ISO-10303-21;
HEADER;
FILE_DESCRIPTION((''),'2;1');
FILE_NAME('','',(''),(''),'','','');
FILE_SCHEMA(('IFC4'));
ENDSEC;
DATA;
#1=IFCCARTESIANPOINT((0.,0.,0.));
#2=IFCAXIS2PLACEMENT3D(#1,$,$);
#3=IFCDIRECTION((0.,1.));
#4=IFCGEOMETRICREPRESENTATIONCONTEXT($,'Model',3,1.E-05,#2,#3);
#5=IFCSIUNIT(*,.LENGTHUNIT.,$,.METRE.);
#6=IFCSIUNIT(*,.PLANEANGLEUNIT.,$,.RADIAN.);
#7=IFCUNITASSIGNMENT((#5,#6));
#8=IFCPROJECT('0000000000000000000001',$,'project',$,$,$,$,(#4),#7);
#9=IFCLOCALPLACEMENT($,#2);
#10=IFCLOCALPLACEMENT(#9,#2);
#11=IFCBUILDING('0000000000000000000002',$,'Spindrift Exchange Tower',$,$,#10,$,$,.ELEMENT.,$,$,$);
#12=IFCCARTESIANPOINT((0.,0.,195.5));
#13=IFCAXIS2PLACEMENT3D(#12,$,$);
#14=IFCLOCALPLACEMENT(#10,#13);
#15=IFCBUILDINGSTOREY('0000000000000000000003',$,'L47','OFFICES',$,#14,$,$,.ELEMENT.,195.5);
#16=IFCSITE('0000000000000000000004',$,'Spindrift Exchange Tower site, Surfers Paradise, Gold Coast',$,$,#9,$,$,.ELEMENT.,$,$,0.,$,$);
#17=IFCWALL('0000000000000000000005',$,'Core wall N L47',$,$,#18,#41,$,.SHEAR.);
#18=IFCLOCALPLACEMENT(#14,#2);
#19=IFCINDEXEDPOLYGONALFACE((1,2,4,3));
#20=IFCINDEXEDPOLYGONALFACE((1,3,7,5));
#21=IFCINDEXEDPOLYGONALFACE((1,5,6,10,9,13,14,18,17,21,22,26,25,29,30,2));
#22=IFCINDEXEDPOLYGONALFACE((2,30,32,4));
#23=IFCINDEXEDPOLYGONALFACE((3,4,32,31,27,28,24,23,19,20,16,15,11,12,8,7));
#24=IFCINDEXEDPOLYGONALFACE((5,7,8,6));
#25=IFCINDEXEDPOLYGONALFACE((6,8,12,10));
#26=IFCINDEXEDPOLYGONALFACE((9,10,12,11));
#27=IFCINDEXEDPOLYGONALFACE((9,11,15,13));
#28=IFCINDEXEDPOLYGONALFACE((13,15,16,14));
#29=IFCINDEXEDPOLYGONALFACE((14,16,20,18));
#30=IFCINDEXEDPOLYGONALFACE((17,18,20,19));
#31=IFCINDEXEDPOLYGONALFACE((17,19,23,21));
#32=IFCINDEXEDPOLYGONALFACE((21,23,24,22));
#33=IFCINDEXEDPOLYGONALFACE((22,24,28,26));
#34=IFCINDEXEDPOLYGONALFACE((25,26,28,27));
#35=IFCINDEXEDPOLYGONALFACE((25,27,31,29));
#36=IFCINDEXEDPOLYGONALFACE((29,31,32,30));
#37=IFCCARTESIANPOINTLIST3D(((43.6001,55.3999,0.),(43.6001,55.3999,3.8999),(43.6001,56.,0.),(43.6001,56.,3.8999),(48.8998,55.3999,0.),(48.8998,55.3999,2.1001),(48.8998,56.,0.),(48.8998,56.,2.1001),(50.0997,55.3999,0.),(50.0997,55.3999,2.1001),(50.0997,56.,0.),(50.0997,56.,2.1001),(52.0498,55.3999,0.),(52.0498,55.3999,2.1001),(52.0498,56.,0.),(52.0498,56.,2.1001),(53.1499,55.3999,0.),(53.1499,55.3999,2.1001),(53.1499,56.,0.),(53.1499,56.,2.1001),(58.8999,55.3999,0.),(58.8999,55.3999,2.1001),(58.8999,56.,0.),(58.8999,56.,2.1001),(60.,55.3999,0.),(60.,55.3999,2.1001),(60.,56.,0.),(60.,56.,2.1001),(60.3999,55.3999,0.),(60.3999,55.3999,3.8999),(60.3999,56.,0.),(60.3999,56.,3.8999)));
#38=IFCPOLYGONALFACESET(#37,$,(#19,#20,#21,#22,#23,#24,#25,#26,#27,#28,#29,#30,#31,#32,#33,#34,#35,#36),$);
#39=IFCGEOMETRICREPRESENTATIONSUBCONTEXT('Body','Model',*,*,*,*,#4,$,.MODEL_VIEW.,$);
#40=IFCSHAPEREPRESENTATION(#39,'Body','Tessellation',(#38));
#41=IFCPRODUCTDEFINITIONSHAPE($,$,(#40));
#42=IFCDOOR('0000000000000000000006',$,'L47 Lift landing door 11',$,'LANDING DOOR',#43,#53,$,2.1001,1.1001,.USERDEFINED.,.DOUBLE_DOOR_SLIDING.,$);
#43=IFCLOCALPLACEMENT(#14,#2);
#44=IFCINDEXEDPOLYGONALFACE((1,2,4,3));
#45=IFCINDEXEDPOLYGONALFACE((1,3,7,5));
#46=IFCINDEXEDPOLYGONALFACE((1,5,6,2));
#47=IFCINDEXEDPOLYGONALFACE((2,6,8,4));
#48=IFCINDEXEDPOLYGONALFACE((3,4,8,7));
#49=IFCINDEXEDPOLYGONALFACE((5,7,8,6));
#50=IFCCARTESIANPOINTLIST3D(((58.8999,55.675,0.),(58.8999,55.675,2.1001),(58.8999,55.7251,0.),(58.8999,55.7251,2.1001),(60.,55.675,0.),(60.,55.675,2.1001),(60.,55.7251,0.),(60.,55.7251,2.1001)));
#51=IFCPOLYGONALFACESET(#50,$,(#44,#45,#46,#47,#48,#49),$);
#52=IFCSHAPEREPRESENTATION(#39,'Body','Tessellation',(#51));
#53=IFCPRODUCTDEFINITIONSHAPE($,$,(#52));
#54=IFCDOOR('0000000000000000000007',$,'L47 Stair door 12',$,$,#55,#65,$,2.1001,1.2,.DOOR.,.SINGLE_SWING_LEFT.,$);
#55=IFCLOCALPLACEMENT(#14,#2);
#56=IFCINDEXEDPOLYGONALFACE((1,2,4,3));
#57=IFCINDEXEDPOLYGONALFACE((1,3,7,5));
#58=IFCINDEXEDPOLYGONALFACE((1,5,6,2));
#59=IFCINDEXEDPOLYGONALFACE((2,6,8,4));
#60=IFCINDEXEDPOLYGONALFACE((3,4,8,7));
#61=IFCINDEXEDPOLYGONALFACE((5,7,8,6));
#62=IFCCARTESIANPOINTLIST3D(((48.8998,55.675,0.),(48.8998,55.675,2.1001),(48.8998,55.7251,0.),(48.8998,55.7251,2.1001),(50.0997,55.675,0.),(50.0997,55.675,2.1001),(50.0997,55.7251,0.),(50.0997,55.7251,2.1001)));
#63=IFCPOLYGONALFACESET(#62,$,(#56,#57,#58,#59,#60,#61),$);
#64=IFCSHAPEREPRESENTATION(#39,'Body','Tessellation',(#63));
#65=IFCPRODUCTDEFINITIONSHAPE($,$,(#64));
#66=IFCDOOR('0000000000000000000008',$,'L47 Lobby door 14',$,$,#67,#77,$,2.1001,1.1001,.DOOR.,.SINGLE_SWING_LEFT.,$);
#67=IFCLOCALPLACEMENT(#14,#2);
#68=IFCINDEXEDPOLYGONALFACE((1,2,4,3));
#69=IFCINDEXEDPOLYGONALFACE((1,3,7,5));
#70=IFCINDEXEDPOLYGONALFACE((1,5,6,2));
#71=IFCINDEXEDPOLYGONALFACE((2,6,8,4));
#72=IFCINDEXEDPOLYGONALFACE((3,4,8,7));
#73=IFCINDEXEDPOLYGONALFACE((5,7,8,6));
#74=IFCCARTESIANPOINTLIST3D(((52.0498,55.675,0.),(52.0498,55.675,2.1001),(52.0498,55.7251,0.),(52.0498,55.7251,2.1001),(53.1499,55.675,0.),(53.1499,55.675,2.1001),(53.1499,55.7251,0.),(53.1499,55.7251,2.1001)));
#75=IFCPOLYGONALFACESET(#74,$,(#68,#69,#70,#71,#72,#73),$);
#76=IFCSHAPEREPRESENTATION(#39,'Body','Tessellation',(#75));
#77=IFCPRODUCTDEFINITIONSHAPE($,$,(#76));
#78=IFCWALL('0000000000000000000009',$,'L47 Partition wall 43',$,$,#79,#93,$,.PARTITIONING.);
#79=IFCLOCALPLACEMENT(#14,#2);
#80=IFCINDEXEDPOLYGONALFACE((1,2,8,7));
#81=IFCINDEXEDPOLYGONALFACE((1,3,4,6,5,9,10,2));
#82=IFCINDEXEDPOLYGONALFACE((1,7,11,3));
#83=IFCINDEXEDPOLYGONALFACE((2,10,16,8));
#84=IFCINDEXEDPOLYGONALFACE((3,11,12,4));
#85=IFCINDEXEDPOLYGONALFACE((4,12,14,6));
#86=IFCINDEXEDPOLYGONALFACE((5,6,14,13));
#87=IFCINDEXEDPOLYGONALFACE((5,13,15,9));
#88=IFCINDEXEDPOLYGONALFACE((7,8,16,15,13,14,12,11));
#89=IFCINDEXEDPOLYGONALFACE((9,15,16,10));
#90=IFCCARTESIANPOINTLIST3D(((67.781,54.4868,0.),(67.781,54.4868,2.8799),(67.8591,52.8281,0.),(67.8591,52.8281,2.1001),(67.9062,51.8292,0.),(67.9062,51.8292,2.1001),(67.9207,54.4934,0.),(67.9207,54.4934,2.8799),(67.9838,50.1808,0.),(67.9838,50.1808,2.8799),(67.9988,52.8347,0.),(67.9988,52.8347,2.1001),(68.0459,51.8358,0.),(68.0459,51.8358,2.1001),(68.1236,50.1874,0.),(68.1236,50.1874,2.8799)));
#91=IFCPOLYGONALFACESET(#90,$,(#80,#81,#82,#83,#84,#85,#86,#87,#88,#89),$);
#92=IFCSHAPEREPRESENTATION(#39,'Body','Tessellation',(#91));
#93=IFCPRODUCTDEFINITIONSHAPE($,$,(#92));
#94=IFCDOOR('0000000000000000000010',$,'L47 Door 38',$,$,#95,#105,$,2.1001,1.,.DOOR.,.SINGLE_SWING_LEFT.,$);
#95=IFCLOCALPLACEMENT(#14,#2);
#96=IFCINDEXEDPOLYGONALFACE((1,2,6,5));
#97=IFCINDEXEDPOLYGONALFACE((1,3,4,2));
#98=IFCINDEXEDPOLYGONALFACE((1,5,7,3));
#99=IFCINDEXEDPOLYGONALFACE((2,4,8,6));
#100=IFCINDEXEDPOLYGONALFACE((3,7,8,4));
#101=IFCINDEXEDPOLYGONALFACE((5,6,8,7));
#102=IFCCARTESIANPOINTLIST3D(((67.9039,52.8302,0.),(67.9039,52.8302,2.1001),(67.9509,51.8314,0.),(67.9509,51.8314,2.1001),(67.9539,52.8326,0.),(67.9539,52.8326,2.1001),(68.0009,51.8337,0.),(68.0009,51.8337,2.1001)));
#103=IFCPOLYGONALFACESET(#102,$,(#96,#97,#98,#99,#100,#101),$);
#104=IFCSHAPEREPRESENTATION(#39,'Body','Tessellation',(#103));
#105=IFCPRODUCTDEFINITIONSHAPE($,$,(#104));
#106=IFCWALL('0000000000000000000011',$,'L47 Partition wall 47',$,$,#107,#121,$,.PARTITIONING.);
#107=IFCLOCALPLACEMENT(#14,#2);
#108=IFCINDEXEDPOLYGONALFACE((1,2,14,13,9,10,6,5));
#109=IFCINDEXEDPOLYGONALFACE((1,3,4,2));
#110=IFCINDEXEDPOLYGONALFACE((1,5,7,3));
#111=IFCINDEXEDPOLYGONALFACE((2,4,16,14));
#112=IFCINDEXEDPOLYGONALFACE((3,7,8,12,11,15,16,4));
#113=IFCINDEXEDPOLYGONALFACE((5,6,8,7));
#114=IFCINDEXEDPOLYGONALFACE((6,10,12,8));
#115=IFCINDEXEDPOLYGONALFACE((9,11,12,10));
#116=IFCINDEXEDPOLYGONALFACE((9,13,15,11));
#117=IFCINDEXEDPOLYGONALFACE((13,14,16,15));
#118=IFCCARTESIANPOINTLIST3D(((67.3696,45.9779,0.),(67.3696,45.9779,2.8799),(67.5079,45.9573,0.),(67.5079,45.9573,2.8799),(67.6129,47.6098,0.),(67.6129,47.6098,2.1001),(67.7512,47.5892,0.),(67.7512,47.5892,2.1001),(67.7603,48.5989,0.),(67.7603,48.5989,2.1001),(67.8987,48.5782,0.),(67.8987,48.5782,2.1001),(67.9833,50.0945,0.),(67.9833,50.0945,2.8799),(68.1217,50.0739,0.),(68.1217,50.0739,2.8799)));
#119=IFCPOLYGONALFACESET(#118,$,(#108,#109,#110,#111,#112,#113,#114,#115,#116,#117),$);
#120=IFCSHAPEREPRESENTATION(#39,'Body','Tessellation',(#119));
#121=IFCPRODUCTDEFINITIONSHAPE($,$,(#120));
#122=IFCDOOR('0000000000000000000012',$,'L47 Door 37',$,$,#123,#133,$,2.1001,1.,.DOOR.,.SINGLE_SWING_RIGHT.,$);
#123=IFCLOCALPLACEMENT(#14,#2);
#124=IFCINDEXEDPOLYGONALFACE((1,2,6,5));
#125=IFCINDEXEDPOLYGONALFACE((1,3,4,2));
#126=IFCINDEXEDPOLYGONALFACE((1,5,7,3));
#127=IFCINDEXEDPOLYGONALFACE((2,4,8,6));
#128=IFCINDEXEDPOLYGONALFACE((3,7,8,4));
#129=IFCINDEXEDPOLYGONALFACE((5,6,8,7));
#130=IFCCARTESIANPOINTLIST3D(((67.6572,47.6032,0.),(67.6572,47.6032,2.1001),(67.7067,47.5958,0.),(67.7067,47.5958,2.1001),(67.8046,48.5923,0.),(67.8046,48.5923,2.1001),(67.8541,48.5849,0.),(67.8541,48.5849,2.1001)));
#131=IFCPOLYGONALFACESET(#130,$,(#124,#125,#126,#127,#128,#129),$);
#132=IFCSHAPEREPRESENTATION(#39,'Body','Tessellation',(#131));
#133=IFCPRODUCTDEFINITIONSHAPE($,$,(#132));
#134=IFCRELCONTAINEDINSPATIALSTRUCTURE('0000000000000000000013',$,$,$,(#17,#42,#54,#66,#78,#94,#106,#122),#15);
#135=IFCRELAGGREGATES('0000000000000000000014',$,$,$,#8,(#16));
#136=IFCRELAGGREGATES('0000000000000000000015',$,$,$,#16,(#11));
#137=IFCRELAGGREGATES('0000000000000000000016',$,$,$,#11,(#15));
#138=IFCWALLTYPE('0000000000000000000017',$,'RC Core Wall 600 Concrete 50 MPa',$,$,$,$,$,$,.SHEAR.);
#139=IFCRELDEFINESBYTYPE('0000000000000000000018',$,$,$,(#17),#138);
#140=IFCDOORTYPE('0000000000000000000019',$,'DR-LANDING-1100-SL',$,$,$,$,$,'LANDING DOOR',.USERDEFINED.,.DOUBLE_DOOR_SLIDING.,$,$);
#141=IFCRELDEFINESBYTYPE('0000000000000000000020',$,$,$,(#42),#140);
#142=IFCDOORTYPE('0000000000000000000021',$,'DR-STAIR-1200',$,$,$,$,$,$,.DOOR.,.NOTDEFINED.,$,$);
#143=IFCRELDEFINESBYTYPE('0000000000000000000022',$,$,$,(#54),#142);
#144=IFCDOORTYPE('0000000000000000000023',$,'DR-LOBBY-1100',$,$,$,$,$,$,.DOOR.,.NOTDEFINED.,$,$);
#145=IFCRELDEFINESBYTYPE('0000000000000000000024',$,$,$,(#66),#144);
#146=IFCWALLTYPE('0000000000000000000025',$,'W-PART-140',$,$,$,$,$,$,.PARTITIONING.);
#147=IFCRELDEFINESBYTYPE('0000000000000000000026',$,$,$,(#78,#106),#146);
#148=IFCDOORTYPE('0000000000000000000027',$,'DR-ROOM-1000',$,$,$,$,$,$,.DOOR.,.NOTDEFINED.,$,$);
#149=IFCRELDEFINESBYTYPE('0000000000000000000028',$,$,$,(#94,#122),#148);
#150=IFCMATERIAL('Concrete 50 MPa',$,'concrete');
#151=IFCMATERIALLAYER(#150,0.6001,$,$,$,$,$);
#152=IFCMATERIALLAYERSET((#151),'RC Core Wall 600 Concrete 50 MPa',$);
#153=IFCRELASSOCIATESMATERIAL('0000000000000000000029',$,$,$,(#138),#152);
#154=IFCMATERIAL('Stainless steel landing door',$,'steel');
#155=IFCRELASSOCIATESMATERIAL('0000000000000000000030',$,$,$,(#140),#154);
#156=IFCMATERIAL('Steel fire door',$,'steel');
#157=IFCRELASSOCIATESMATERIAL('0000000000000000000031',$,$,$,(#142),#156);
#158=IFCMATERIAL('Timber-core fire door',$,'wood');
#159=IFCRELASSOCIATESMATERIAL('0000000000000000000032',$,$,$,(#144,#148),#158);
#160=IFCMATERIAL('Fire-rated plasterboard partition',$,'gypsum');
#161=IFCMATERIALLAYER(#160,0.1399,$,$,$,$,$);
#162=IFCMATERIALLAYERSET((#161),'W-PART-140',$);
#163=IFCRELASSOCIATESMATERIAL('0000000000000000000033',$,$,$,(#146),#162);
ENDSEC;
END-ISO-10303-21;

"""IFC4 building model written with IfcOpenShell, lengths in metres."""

from ifc_helpers import new_model, si_unit, direction, frame, frame_2d, origin, place, context, subcontext, project, spatial, rectangle, extrude, source, transform, mapped, material, layer, layer_set, type_object, element, fill, save


model = new_model("IFC4")

# Units and contexts
model_context = context("Model", 3, precision=1e-05, world=origin(), true_north=direction((0.0, 1.0)))
body_context = subcontext(model_context, "Body", "Model", "MODEL_VIEW")
ifc_project = project(units=[si_unit("LENGTHUNIT", "METRE"), si_unit("PLANEANGLEUNIT", "RADIAN")], contexts=[model_context])

# Site, building, storey
site_placement = place(None, origin())
site = spatial("IfcSite", under=ifc_project, at=site_placement, Name="Spindrift Exchange Tower site, Surfers Paradise, Gold Coast", CompositionType="ELEMENT", RefElevation=0.0)
building_placement = place(site_placement, origin())
building = spatial("IfcBuilding", under=site, at=building_placement, Name="Spindrift Exchange Tower", CompositionType="ELEMENT")
storey_placement = place(building_placement, frame((0.0, 0.0, 195.5)))
storey = spatial("IfcBuildingStorey", under=building, at=storey_placement, Name="L47", Description="OFFICES", CompositionType="ELEMENT", Elevation=195.5)

# Wall, openings, doors
ifc_material_1 = material(Name="Concrete 50 MPa", Category="concrete")
ifc_layer_1 = layer(ifc_material_1, 0.6001)
ifc_layer_set_1 = layer_set([ifc_layer_1], Name="RC Core Wall 600 Concrete 50 MPa")
wall_type_1 = type_object("IfcWallType", Name="RC Core Wall 600 Concrete 50 MPa", PredefinedType="SHEAR", material=ifc_layer_set_1)
wall_1_placement = place(storey_placement, frame((60.3999, 55.7, 0.0), z_axis=(0.0, 0.0, 1.0), x_axis=(-1.0, 0.0, 0.0)))
wall_1 = element("IfcWall", 1, at=wall_1_placement, inside=storey, type_object=wall_type_1, Name="Core wall N L47", PredefinedType="SHEAR", context=body_context, shape_type="SweptSolid", body=[
    extrude(rectangle(XDim=16.7998, YDim=0.6001, at=frame_2d((8.3999, 0.0))), origin(), (0.0, 0.0, 1.0), 3.8999),
])
opening_1_placement = place(wall_1_placement, frame((0.3999, 0.0, 0.0)))
opening_1 = element("IfcOpeningElement", 2, at=opening_1_placement, cuts=wall_1, PredefinedType="OPENING", context=body_context, shape_type="SweptSolid", body=[
    extrude(rectangle(XDim=1.1001, YDim=2.1001, at=frame_2d((0.55, 1.05))), frame((0.0, 0.3101, 0.0), z_axis=(0.0, -1.0, 0.0), x_axis=(1.0, 0.0, 0.0)), (0.0, 0.0, 1.0), 0.6201),
])
opening_2_placement = place(wall_1_placement, frame((10.3, 0.0, 0.0)))
opening_2 = element("IfcOpeningElement", 3, at=opening_2_placement, cuts=wall_1, PredefinedType="OPENING", context=body_context, shape_type="SweptSolid", body=[
    extrude(rectangle(XDim=1.2, YDim=2.1001, at=frame_2d((0.6001, 1.05))), frame((0.0, 0.3101, 0.0), z_axis=(0.0, -1.0, 0.0), x_axis=(1.0, 0.0, 0.0)), (0.0, 0.0, 1.0), 0.6201),
])
opening_3_placement = place(wall_1_placement, frame((7.25, 0.0, 0.0)))
opening_3 = element("IfcOpeningElement", 4, at=opening_3_placement, cuts=wall_1, PredefinedType="OPENING", context=body_context, shape_type="SweptSolid", body=[
    extrude(rectangle(XDim=1.1001, YDim=2.1001, at=frame_2d((0.55, 1.05))), frame((0.0, 0.3101, 0.0), z_axis=(0.0, -1.0, 0.0), x_axis=(1.0, 0.0, 0.0)), (0.0, 0.0, 1.0), 0.6201),
])
ifc_material_2 = material(Name="Stainless steel landing door", Category="steel")
door_type_1 = type_object("IfcDoorType", Name="DR-LANDING-1100-SL", ElementType="LANDING DOOR", OperationType="DOUBLE_DOOR_SLIDING", PredefinedType="USERDEFINED", material=ifc_material_2)
shared_shape_1 = source(origin(), body_context, "Body", "SweptSolid", [
    extrude(rectangle(XDim=1.1001, YDim=2.1001, at=frame_2d((0.55, 1.05))), frame((0.0, 0.0249, 0.0), z_axis=(0.0, -1.0, 0.0), x_axis=(1.0, 0.0, 0.0)), (0.0, 0.0, 1.0), 0.05),
])
door_1_placement = place(opening_1_placement, origin())
door_1 = element("IfcDoor", 5, at=door_1_placement, inside=storey, type_object=door_type_1, Name="L47 Lift landing door 11", ObjectType="LANDING DOOR", OperationType="DOUBLE_DOOR_SLIDING", OverallHeight=2.1001, OverallWidth=1.1001, PredefinedType="USERDEFINED", context=body_context, shape_type="MappedRepresentation", body=[
    mapped(shared_shape_1, transform((0.0, 0.0, 0.0), scale=1.0)),
])
fill(opening_1, door_1)
ifc_material_3 = material(Name="Steel fire door", Category="steel")
door_type_2 = type_object("IfcDoorType", Name="DR-STAIR-1200", OperationType="NOTDEFINED", PredefinedType="DOOR", material=ifc_material_3)
shared_shape_2 = source(origin(), body_context, "Body", "SweptSolid", [
    extrude(rectangle(XDim=1.2, YDim=2.1001, at=frame_2d((0.6001, 1.05))), frame((0.0, 0.0249, 0.0), z_axis=(0.0, -1.0, 0.0), x_axis=(1.0, 0.0, 0.0)), (0.0, 0.0, 1.0), 0.05),
])
door_2_placement = place(opening_2_placement, origin())
door_2 = element("IfcDoor", 6, at=door_2_placement, inside=storey, type_object=door_type_2, Name="L47 Stair door 12", OperationType="SINGLE_SWING_LEFT", OverallHeight=2.1001, OverallWidth=1.2, PredefinedType="DOOR", context=body_context, shape_type="MappedRepresentation", body=[
    mapped(shared_shape_2, transform((0.0, 0.0, 0.0), scale=1.0)),
])
fill(opening_2, door_2)
ifc_material_4 = material(Name="Timber-core fire door", Category="wood")
door_type_3 = type_object("IfcDoorType", Name="DR-LOBBY-1100", OperationType="NOTDEFINED", PredefinedType="DOOR", material=ifc_material_4)
shared_shape_3 = source(origin(), body_context, "Body", "SweptSolid", [
    extrude(rectangle(XDim=1.1001, YDim=2.1001, at=frame_2d((0.55, 1.05))), frame((0.0, 0.0249, 0.0), z_axis=(0.0, -1.0, 0.0), x_axis=(1.0, 0.0, 0.0)), (0.0, 0.0, 1.0), 0.05),
])
door_3_placement = place(opening_3_placement, origin())
door_3 = element("IfcDoor", 7, at=door_3_placement, inside=storey, type_object=door_type_3, Name="L47 Lobby door 14", OperationType="SINGLE_SWING_LEFT", OverallHeight=2.1001, OverallWidth=1.1001, PredefinedType="DOOR", context=body_context, shape_type="MappedRepresentation", body=[
    mapped(shared_shape_3, transform((0.0, 0.0, 0.0), scale=1.0)),
])
fill(opening_3, door_3)

# Walls, openings, doors
ifc_material_5 = material(Name="Fire-rated plasterboard partition", Category="gypsum")
ifc_layer_2 = layer(ifc_material_5, 0.1399)
ifc_layer_set_2 = layer_set([ifc_layer_2], Name="W-PART-140")
wall_type_2 = type_object("IfcWallType", Name="W-PART-140", PredefinedType="PARTITIONING", material=ifc_layer_set_2)
wall_2_placement = place(storey_placement, frame((67.8508, 54.49, 0.0), z_axis=(0.0, 0.0, 1.0), x_axis=(0.047065, -0.998892, 0.0)))
wall_2 = element("IfcWall", 8, at=wall_2_placement, inside=storey, type_object=wall_type_2, Name="L47 Partition wall 43", PredefinedType="PARTITIONING", context=body_context, shape_type="SweptSolid", body=[
    extrude(rectangle(XDim=4.3108, YDim=0.1399, at=frame_2d((2.1553, 0.0))), origin(), (0.0, 0.0, 1.0), 2.8799),
])
opening_4_placement = place(wall_2_placement, frame((1.6604, 0.0, 0.0)))
opening_4 = element("IfcOpeningElement", 9, at=opening_4_placement, cuts=wall_2, PredefinedType="OPENING", context=body_context, shape_type="SweptSolid", body=[
    extrude(rectangle(XDim=1.0, YDim=2.1001, at=frame_2d((0.5, 1.05))), frame((0.0, 0.0798, 0.0), z_axis=(0.0, -1.0, 0.0), x_axis=(1.0, 0.0, 0.0)), (0.0, 0.0, 1.0), 0.1599),
])
door_type_4 = type_object("IfcDoorType", Name="DR-ROOM-1000", OperationType="NOTDEFINED", PredefinedType="DOOR", material=ifc_material_4)
shared_shape_4 = source(origin(), body_context, "Body", "SweptSolid", [
    extrude(rectangle(XDim=1.0, YDim=2.1001, at=frame_2d((0.5, 1.05))), frame((0.0, 0.0249, 0.0), z_axis=(0.0, -1.0, 0.0), x_axis=(1.0, 0.0, 0.0)), (0.0, 0.0, 1.0), 0.05),
])
door_4_placement = place(opening_4_placement, origin())
door_4 = element("IfcDoor", 10, at=door_4_placement, inside=storey, type_object=door_type_4, Name="L47 Door 38", OperationType="SINGLE_SWING_LEFT", OverallHeight=2.1001, OverallWidth=1.0, PredefinedType="DOOR", context=body_context, shape_type="MappedRepresentation", body=[
    mapped(shared_shape_4, transform((0.0, 0.0, 0.0), scale=1.0)),
])
fill(opening_4, door_4)
wall_3_placement = place(storey_placement, frame((68.0525, 50.0842, 0.0), z_axis=(0.0, 0.0, 1.0), x_axis=(-0.147463, -0.989068, 0.0)))
wall_3 = element("IfcWall", 11, at=wall_3_placement, inside=storey, type_object=wall_type_2, Name="L47 Partition wall 47", PredefinedType="PARTITIONING", context=body_context, shape_type="SweptSolid", body=[
    extrude(rectangle(XDim=4.1621, YDim=0.1399, at=frame_2d((2.0811, 0.0))), origin(), (0.0, 0.0, 1.0), 2.8799),
])
opening_5_placement = place(wall_3_placement, frame((1.5122, 0.0, 0.0)))
opening_5 = element("IfcOpeningElement", 12, at=opening_5_placement, cuts=wall_3, PredefinedType="OPENING", context=body_context, shape_type="SweptSolid", body=[
    extrude(rectangle(XDim=1.0, YDim=2.1001, at=frame_2d((0.5, 1.05))), frame((0.0, 0.0798, 0.0), z_axis=(0.0, -1.0, 0.0), x_axis=(1.0, 0.0, 0.0)), (0.0, 0.0, 1.0), 0.1599),
])
door_5_placement = place(opening_5_placement, origin())
door_5 = element("IfcDoor", 13, at=door_5_placement, inside=storey, type_object=door_type_4, Name="L47 Door 37", OperationType="SINGLE_SWING_RIGHT", OverallHeight=2.1001, OverallWidth=1.0, PredefinedType="DOOR", context=body_context, shape_type="MappedRepresentation", body=[
    mapped(shared_shape_4, transform((0.0, 0.0, 0.0), scale=1.0)),
])
fill(opening_5, door_5)

save(model, "model.ifc")
